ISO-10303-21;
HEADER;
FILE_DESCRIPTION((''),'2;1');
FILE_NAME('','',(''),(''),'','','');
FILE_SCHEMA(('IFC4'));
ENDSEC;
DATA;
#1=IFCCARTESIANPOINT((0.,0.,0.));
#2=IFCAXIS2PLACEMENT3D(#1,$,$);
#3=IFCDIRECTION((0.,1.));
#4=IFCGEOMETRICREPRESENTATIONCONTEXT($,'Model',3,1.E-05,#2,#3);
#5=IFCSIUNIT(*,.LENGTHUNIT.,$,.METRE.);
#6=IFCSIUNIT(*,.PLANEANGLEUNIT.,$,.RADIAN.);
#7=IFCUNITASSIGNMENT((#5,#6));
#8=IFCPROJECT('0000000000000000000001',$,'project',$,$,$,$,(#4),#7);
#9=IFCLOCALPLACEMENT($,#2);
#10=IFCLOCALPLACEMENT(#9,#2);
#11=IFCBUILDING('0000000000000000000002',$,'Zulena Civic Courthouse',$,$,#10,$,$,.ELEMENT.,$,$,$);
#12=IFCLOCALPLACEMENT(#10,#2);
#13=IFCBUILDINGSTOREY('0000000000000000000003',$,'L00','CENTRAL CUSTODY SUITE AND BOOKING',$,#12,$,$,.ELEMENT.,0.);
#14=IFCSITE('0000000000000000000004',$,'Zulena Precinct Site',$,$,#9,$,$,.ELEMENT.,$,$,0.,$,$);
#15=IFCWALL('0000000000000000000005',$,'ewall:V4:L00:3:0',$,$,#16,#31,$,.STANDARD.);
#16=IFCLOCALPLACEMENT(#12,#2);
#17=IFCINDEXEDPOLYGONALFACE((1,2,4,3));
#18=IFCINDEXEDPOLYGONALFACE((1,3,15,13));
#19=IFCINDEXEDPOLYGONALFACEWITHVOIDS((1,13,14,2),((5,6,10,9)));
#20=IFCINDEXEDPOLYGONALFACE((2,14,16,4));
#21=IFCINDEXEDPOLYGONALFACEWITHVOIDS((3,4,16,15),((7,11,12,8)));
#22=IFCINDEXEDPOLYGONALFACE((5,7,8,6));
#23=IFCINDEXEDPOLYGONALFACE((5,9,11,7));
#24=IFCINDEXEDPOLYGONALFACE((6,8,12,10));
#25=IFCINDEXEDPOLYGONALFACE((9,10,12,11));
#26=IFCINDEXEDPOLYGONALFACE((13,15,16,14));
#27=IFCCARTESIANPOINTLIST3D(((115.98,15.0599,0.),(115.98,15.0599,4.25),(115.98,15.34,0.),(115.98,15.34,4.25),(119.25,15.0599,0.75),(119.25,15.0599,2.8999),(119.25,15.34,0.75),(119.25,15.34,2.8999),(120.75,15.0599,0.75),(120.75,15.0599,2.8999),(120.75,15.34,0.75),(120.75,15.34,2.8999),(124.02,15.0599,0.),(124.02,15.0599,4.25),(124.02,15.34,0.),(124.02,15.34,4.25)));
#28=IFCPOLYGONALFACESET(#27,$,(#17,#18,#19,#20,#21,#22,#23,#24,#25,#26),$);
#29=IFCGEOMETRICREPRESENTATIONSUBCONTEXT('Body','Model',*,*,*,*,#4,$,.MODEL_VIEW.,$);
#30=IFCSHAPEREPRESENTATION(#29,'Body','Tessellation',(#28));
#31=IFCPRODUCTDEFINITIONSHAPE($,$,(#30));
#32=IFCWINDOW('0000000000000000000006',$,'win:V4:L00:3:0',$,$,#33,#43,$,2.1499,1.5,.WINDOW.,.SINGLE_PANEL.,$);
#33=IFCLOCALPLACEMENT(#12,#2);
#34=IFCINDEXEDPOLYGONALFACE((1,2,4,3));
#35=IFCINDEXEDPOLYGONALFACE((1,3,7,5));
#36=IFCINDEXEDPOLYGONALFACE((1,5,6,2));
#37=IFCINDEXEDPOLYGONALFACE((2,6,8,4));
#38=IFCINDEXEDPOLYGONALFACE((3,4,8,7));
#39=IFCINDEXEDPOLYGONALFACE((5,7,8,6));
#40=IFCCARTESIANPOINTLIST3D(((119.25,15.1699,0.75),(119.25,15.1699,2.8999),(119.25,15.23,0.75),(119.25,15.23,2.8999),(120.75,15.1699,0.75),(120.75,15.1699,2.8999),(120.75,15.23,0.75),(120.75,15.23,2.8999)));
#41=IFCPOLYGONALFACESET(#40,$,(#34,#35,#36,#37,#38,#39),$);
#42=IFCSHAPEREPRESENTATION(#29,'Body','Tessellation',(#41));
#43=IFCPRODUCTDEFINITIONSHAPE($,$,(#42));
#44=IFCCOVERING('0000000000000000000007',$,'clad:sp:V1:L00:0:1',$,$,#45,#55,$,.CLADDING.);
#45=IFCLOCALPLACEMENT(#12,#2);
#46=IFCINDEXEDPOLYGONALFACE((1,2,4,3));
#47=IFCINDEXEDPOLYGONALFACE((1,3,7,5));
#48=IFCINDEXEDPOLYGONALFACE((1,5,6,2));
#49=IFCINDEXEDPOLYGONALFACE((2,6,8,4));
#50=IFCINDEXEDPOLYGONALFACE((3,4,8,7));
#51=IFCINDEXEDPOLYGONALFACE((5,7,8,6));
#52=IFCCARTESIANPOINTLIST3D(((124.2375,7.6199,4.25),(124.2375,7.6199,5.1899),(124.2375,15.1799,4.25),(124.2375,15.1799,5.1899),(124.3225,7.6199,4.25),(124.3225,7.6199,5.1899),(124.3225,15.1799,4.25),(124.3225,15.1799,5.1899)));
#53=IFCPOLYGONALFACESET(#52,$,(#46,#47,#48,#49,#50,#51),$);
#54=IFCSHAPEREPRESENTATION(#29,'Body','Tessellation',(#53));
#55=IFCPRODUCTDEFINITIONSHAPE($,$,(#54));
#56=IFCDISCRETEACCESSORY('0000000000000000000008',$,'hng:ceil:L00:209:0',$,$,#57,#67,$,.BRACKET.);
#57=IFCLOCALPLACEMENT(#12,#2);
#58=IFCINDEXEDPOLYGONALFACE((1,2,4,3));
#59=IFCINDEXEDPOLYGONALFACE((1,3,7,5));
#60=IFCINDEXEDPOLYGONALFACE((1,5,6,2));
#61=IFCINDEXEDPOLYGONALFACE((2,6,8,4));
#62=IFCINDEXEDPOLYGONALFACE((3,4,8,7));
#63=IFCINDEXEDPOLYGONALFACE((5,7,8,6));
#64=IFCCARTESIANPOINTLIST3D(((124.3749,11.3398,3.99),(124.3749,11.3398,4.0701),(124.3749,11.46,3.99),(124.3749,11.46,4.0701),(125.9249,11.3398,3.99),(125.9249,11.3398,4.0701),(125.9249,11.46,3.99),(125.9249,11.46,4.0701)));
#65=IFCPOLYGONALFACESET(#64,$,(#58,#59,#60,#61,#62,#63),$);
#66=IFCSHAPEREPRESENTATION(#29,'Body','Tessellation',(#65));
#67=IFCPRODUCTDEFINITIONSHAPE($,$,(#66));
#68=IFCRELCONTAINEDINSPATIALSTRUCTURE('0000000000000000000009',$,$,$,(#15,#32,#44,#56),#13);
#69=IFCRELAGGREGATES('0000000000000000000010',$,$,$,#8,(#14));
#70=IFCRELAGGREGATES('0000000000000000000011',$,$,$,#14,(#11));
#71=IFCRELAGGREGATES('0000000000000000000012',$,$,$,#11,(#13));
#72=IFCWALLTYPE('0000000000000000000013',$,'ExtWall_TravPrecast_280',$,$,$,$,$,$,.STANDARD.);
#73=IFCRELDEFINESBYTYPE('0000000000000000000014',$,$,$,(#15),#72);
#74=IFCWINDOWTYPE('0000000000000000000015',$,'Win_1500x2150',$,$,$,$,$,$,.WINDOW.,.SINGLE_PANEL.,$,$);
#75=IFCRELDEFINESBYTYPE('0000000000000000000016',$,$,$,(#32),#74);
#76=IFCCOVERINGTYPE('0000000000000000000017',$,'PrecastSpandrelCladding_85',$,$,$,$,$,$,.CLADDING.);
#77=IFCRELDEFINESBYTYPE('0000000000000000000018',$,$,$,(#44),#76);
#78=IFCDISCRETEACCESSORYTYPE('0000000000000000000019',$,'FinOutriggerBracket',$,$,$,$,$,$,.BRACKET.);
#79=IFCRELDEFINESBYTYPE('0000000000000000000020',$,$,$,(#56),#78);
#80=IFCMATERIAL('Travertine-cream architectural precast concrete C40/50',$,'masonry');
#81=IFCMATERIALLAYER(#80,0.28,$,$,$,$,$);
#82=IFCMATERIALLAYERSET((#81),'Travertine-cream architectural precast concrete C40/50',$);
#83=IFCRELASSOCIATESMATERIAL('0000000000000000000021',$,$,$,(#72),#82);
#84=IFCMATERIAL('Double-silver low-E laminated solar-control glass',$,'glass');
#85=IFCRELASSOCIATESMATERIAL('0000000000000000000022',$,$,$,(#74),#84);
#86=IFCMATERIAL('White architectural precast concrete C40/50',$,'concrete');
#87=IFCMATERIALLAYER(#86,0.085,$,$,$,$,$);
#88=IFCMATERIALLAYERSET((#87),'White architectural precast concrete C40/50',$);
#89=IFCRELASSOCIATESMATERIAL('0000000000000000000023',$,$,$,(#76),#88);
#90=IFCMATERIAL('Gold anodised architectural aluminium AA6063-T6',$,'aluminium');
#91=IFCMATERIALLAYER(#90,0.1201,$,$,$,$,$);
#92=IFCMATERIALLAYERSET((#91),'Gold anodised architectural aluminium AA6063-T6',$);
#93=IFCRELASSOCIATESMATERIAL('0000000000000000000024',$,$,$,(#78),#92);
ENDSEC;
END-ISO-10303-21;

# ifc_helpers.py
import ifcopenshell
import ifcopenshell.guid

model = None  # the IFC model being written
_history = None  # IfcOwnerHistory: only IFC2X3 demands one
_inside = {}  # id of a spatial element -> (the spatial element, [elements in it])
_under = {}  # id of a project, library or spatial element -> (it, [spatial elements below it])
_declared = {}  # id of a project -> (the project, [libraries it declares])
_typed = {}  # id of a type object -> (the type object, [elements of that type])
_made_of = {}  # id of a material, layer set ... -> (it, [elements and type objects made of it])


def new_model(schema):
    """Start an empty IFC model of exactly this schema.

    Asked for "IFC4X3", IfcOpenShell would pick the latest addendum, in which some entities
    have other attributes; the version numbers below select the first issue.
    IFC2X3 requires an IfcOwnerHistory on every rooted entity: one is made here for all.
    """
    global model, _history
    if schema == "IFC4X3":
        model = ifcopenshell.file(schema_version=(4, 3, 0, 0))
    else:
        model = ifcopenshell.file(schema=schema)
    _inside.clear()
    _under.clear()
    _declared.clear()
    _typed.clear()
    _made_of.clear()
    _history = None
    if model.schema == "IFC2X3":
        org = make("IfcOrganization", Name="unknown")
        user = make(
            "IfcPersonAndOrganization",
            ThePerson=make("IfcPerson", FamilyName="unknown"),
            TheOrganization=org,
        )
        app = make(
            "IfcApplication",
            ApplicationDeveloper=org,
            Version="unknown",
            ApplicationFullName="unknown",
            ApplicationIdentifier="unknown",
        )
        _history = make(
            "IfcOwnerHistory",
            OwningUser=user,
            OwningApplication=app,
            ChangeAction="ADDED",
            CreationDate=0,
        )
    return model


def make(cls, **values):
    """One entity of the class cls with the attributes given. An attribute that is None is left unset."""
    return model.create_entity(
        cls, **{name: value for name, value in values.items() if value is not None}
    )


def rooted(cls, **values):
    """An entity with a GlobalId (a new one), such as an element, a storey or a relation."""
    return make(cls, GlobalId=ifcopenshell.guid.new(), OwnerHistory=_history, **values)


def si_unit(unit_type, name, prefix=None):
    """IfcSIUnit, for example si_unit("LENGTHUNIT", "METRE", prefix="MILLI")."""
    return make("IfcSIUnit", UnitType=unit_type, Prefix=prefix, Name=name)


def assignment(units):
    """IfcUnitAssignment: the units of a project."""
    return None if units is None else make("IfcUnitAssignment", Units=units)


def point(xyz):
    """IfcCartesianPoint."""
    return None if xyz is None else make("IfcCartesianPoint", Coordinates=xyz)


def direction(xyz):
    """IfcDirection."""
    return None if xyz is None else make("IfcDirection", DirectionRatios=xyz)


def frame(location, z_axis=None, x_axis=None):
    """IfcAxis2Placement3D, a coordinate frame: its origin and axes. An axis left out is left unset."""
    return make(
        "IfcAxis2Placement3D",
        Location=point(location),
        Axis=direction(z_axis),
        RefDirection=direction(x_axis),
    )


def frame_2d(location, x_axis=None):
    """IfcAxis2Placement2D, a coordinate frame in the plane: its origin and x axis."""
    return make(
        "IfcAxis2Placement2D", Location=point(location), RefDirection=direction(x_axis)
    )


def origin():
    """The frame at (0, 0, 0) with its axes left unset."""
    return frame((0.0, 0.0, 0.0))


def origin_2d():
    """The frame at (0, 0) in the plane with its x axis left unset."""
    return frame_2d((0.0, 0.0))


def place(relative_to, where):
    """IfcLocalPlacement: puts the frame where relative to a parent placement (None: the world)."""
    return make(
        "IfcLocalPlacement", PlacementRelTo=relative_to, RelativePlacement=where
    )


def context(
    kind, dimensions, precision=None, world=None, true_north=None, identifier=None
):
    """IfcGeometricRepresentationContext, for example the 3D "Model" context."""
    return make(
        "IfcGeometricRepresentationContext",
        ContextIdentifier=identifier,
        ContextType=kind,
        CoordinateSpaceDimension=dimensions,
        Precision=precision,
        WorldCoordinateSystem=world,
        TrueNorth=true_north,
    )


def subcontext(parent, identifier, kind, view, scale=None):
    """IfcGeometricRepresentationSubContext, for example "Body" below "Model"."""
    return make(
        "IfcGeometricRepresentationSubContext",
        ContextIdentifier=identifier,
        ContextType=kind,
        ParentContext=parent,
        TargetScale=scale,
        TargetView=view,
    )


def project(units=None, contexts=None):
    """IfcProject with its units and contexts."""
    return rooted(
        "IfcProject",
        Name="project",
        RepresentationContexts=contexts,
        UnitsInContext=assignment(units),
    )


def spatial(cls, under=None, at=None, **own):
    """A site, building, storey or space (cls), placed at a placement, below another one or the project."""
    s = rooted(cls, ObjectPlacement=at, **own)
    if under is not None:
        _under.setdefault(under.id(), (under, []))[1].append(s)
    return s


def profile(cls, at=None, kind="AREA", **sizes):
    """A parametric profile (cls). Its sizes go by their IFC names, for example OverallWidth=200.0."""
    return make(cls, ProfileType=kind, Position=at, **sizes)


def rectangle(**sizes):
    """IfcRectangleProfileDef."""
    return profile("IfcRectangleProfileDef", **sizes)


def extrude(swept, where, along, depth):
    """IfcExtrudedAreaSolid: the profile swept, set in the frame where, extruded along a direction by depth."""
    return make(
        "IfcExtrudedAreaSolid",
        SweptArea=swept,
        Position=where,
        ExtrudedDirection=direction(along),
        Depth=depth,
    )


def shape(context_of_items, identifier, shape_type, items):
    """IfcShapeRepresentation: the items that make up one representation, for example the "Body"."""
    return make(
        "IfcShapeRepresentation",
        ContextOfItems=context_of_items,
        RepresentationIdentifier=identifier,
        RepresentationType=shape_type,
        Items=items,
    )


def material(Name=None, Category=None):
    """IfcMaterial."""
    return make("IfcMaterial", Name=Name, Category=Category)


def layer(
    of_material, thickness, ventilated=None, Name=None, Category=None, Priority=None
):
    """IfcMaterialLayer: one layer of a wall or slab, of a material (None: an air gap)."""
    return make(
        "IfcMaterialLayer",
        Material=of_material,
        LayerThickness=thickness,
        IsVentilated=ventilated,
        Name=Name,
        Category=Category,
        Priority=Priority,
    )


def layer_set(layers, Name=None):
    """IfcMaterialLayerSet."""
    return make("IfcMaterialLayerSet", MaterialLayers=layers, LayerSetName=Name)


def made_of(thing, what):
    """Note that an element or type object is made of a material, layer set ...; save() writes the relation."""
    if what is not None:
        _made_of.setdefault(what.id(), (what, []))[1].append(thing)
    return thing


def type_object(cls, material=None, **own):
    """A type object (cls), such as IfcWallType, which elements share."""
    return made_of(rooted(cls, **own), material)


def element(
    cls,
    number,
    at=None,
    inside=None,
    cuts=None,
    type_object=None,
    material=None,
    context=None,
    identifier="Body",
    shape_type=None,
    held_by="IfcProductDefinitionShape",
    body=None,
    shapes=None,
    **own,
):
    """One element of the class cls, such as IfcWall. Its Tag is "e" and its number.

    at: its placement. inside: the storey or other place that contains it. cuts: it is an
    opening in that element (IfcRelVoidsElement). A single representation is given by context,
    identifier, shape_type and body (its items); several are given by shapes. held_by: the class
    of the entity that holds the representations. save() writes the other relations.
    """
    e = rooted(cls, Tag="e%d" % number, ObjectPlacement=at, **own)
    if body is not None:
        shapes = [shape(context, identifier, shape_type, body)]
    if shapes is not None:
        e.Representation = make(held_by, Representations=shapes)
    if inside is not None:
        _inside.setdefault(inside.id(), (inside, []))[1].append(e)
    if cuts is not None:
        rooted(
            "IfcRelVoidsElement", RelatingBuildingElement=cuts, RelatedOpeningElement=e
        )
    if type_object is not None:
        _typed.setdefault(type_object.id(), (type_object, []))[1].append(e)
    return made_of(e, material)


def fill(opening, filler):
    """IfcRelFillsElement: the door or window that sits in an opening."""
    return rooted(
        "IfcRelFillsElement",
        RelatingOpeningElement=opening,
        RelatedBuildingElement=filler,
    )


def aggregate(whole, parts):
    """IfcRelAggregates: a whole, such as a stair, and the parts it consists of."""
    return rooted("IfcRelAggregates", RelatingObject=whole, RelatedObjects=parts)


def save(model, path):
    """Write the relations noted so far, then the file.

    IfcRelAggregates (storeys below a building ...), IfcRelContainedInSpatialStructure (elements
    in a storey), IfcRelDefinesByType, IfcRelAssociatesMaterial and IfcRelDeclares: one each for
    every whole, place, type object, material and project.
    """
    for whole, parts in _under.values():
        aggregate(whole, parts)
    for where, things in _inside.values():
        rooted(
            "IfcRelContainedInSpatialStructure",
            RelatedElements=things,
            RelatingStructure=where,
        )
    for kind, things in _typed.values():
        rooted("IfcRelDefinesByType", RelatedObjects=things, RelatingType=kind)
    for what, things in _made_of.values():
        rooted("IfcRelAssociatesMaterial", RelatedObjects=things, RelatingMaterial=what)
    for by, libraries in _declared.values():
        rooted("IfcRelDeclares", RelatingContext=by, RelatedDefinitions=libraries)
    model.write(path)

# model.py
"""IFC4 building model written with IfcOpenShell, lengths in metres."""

from ifc_helpers import new_model, si_unit, direction, frame, frame_2d, origin, origin_2d, place, context, subcontext, project, spatial, rectangle, extrude, material, layer, layer_set, type_object, element, fill, save


model = new_model("IFC4")

# Units and contexts
model_context = context("Model", 3, precision=1e-05, world=origin(), true_north=direction((0.0, 1.0)))
body_context = subcontext(model_context, "Body", "Model", "MODEL_VIEW")
ifc_project = project(units=[si_unit("LENGTHUNIT", "METRE"), si_unit("PLANEANGLEUNIT", "RADIAN")], contexts=[model_context])

# Site, building, storey
site_placement = place(None, origin())
site = spatial("IfcSite", under=ifc_project, at=site_placement, Name="Zulena Precinct Site", CompositionType="ELEMENT", RefElevation=0.0)
building_placement = place(site_placement, origin())
building = spatial("IfcBuilding", under=site, at=building_placement, Name="Zulena Civic Courthouse", CompositionType="ELEMENT")
storey_placement = place(building_placement, origin())
storey = spatial("IfcBuildingStorey", under=building, at=storey_placement, Name="L00", Description="CENTRAL CUSTODY SUITE AND BOOKING", CompositionType="ELEMENT", Elevation=0.0)

# Wall, opening, window
ifc_material_1 = material(Name="Double-silver low-E laminated solar-control glass", Category="glass")
ifc_material_2 = material(Name="Travertine-cream architectural precast concrete C40/50", Category="masonry")
ifc_layer_1 = layer(ifc_material_2, 0.28)
ifc_layer_set_1 = layer_set([ifc_layer_1], Name="Travertine-cream architectural precast concrete C40/50")
wall_type_1 = type_object("IfcWallType", Name="ExtWall_TravPrecast_280", PredefinedType="STANDARD", material=ifc_layer_set_1)
wall_1_placement = place(storey_placement, frame((124.02, 15.2, 0.0), z_axis=(0.0, 0.0, 1.0), x_axis=(-1.0, 0.0, 0.0)))
wall_1 = element("IfcWall", 1, at=wall_1_placement, inside=storey, type_object=wall_type_1, Name="ewall:V4:L00:3:0", PredefinedType="STANDARD", context=body_context, shape_type="SweptSolid", body=[
    extrude(rectangle(XDim=8.04, YDim=0.28, at=frame_2d((4.02, 0.0))), origin(), (0.0, 0.0, 1.0), 4.25),
])
opening_1_placement = place(wall_1_placement, frame((3.27, 0.0, 0.75)))
opening_1 = element("IfcOpeningElement", 2, at=opening_1_placement, cuts=wall_1, PredefinedType="OPENING", context=body_context, shape_type="SweptSolid", body=[
    extrude(rectangle(XDim=1.5, YDim=2.1499, at=frame_2d((0.75, 1.075))), frame((0.0, 0.1499, 0.0), z_axis=(0.0, -1.0, 0.0), x_axis=(1.0, 0.0, 0.0)), (0.0, 0.0, 1.0), 0.3),
])
window_type_1 = type_object("IfcWindowType", Name="Win_1500x2150", PartitioningType="SINGLE_PANEL", PredefinedType="WINDOW", material=ifc_material_1)
window_1_placement = place(opening_1_placement, origin())
window_1 = element("IfcWindow", 3, at=window_1_placement, inside=storey, type_object=window_type_1, Name="win:V4:L00:3:0", OverallHeight=2.1499, OverallWidth=1.5, PartitioningType="SINGLE_PANEL", PredefinedType="WINDOW", context=body_context, shape_type="SweptSolid", body=[
    extrude(rectangle(XDim=1.5, YDim=2.1499, at=frame_2d((0.75, 1.075))), frame((0.0, 0.03, 0.0), z_axis=(0.0, -1.0, 0.0), x_axis=(1.0, 0.0, 0.0)), (0.0, 0.0, 1.0), 0.0601),
])
fill(opening_1, window_1)

# Covering
ifc_material_3 = material(Name="White architectural precast concrete C40/50", Category="concrete")
ifc_layer_2 = layer(ifc_material_3, 0.085)
ifc_layer_set_2 = layer_set([ifc_layer_2], Name="White architectural precast concrete C40/50")
covering_type = type_object("IfcCoveringType", Name="PrecastSpandrelCladding_85", PredefinedType="CLADDING", material=ifc_layer_set_2)
covering_placement = place(storey_placement, frame((124.28, 11.3999, 4.25), z_axis=(0.0, 0.0, 1.0), x_axis=(0.0, 1.0, 0.0)))
element("IfcCovering", 4, at=covering_placement, inside=storey, type_object=covering_type, Name="clad:sp:V1:L00:0:1", PredefinedType="CLADDING", context=body_context, shape_type="SweptSolid", body=[
    extrude(rectangle(XDim=7.5601, YDim=0.085, at=origin_2d()), origin(), (0.0, 0.0, 1.0), 0.9399),
])

# Discrete accessory
ifc_material_4 = material(Name="Gold anodised architectural aluminium AA6063-T6", Category="aluminium")
ifc_layer_3 = layer(ifc_material_4, 0.1201)
ifc_layer_set_3 = layer_set([ifc_layer_3], Name="Gold anodised architectural aluminium AA6063-T6")
discrete_accessory_type = type_object("IfcDiscreteAccessoryType", Name="FinOutriggerBracket", PredefinedType="BRACKET", material=ifc_layer_set_3)
discrete_accessory_placement = place(storey_placement, frame((125.1499, 11.3999, 3.99), z_axis=(0.0, 0.0, 1.0), x_axis=(1.0, 0.0, 0.0)))
element("IfcDiscreteAccessory", 5, at=discrete_accessory_placement, inside=storey, type_object=discrete_accessory_type, Name="hng:ceil:L00:209:0", PredefinedType="BRACKET", context=body_context, shape_type="SweptSolid", body=[
    extrude(rectangle(XDim=1.55, YDim=0.1201, at=origin_2d()), origin(), (0.0, 0.0, 1.0), 0.0801),
])

save(model, "model.ifc")
